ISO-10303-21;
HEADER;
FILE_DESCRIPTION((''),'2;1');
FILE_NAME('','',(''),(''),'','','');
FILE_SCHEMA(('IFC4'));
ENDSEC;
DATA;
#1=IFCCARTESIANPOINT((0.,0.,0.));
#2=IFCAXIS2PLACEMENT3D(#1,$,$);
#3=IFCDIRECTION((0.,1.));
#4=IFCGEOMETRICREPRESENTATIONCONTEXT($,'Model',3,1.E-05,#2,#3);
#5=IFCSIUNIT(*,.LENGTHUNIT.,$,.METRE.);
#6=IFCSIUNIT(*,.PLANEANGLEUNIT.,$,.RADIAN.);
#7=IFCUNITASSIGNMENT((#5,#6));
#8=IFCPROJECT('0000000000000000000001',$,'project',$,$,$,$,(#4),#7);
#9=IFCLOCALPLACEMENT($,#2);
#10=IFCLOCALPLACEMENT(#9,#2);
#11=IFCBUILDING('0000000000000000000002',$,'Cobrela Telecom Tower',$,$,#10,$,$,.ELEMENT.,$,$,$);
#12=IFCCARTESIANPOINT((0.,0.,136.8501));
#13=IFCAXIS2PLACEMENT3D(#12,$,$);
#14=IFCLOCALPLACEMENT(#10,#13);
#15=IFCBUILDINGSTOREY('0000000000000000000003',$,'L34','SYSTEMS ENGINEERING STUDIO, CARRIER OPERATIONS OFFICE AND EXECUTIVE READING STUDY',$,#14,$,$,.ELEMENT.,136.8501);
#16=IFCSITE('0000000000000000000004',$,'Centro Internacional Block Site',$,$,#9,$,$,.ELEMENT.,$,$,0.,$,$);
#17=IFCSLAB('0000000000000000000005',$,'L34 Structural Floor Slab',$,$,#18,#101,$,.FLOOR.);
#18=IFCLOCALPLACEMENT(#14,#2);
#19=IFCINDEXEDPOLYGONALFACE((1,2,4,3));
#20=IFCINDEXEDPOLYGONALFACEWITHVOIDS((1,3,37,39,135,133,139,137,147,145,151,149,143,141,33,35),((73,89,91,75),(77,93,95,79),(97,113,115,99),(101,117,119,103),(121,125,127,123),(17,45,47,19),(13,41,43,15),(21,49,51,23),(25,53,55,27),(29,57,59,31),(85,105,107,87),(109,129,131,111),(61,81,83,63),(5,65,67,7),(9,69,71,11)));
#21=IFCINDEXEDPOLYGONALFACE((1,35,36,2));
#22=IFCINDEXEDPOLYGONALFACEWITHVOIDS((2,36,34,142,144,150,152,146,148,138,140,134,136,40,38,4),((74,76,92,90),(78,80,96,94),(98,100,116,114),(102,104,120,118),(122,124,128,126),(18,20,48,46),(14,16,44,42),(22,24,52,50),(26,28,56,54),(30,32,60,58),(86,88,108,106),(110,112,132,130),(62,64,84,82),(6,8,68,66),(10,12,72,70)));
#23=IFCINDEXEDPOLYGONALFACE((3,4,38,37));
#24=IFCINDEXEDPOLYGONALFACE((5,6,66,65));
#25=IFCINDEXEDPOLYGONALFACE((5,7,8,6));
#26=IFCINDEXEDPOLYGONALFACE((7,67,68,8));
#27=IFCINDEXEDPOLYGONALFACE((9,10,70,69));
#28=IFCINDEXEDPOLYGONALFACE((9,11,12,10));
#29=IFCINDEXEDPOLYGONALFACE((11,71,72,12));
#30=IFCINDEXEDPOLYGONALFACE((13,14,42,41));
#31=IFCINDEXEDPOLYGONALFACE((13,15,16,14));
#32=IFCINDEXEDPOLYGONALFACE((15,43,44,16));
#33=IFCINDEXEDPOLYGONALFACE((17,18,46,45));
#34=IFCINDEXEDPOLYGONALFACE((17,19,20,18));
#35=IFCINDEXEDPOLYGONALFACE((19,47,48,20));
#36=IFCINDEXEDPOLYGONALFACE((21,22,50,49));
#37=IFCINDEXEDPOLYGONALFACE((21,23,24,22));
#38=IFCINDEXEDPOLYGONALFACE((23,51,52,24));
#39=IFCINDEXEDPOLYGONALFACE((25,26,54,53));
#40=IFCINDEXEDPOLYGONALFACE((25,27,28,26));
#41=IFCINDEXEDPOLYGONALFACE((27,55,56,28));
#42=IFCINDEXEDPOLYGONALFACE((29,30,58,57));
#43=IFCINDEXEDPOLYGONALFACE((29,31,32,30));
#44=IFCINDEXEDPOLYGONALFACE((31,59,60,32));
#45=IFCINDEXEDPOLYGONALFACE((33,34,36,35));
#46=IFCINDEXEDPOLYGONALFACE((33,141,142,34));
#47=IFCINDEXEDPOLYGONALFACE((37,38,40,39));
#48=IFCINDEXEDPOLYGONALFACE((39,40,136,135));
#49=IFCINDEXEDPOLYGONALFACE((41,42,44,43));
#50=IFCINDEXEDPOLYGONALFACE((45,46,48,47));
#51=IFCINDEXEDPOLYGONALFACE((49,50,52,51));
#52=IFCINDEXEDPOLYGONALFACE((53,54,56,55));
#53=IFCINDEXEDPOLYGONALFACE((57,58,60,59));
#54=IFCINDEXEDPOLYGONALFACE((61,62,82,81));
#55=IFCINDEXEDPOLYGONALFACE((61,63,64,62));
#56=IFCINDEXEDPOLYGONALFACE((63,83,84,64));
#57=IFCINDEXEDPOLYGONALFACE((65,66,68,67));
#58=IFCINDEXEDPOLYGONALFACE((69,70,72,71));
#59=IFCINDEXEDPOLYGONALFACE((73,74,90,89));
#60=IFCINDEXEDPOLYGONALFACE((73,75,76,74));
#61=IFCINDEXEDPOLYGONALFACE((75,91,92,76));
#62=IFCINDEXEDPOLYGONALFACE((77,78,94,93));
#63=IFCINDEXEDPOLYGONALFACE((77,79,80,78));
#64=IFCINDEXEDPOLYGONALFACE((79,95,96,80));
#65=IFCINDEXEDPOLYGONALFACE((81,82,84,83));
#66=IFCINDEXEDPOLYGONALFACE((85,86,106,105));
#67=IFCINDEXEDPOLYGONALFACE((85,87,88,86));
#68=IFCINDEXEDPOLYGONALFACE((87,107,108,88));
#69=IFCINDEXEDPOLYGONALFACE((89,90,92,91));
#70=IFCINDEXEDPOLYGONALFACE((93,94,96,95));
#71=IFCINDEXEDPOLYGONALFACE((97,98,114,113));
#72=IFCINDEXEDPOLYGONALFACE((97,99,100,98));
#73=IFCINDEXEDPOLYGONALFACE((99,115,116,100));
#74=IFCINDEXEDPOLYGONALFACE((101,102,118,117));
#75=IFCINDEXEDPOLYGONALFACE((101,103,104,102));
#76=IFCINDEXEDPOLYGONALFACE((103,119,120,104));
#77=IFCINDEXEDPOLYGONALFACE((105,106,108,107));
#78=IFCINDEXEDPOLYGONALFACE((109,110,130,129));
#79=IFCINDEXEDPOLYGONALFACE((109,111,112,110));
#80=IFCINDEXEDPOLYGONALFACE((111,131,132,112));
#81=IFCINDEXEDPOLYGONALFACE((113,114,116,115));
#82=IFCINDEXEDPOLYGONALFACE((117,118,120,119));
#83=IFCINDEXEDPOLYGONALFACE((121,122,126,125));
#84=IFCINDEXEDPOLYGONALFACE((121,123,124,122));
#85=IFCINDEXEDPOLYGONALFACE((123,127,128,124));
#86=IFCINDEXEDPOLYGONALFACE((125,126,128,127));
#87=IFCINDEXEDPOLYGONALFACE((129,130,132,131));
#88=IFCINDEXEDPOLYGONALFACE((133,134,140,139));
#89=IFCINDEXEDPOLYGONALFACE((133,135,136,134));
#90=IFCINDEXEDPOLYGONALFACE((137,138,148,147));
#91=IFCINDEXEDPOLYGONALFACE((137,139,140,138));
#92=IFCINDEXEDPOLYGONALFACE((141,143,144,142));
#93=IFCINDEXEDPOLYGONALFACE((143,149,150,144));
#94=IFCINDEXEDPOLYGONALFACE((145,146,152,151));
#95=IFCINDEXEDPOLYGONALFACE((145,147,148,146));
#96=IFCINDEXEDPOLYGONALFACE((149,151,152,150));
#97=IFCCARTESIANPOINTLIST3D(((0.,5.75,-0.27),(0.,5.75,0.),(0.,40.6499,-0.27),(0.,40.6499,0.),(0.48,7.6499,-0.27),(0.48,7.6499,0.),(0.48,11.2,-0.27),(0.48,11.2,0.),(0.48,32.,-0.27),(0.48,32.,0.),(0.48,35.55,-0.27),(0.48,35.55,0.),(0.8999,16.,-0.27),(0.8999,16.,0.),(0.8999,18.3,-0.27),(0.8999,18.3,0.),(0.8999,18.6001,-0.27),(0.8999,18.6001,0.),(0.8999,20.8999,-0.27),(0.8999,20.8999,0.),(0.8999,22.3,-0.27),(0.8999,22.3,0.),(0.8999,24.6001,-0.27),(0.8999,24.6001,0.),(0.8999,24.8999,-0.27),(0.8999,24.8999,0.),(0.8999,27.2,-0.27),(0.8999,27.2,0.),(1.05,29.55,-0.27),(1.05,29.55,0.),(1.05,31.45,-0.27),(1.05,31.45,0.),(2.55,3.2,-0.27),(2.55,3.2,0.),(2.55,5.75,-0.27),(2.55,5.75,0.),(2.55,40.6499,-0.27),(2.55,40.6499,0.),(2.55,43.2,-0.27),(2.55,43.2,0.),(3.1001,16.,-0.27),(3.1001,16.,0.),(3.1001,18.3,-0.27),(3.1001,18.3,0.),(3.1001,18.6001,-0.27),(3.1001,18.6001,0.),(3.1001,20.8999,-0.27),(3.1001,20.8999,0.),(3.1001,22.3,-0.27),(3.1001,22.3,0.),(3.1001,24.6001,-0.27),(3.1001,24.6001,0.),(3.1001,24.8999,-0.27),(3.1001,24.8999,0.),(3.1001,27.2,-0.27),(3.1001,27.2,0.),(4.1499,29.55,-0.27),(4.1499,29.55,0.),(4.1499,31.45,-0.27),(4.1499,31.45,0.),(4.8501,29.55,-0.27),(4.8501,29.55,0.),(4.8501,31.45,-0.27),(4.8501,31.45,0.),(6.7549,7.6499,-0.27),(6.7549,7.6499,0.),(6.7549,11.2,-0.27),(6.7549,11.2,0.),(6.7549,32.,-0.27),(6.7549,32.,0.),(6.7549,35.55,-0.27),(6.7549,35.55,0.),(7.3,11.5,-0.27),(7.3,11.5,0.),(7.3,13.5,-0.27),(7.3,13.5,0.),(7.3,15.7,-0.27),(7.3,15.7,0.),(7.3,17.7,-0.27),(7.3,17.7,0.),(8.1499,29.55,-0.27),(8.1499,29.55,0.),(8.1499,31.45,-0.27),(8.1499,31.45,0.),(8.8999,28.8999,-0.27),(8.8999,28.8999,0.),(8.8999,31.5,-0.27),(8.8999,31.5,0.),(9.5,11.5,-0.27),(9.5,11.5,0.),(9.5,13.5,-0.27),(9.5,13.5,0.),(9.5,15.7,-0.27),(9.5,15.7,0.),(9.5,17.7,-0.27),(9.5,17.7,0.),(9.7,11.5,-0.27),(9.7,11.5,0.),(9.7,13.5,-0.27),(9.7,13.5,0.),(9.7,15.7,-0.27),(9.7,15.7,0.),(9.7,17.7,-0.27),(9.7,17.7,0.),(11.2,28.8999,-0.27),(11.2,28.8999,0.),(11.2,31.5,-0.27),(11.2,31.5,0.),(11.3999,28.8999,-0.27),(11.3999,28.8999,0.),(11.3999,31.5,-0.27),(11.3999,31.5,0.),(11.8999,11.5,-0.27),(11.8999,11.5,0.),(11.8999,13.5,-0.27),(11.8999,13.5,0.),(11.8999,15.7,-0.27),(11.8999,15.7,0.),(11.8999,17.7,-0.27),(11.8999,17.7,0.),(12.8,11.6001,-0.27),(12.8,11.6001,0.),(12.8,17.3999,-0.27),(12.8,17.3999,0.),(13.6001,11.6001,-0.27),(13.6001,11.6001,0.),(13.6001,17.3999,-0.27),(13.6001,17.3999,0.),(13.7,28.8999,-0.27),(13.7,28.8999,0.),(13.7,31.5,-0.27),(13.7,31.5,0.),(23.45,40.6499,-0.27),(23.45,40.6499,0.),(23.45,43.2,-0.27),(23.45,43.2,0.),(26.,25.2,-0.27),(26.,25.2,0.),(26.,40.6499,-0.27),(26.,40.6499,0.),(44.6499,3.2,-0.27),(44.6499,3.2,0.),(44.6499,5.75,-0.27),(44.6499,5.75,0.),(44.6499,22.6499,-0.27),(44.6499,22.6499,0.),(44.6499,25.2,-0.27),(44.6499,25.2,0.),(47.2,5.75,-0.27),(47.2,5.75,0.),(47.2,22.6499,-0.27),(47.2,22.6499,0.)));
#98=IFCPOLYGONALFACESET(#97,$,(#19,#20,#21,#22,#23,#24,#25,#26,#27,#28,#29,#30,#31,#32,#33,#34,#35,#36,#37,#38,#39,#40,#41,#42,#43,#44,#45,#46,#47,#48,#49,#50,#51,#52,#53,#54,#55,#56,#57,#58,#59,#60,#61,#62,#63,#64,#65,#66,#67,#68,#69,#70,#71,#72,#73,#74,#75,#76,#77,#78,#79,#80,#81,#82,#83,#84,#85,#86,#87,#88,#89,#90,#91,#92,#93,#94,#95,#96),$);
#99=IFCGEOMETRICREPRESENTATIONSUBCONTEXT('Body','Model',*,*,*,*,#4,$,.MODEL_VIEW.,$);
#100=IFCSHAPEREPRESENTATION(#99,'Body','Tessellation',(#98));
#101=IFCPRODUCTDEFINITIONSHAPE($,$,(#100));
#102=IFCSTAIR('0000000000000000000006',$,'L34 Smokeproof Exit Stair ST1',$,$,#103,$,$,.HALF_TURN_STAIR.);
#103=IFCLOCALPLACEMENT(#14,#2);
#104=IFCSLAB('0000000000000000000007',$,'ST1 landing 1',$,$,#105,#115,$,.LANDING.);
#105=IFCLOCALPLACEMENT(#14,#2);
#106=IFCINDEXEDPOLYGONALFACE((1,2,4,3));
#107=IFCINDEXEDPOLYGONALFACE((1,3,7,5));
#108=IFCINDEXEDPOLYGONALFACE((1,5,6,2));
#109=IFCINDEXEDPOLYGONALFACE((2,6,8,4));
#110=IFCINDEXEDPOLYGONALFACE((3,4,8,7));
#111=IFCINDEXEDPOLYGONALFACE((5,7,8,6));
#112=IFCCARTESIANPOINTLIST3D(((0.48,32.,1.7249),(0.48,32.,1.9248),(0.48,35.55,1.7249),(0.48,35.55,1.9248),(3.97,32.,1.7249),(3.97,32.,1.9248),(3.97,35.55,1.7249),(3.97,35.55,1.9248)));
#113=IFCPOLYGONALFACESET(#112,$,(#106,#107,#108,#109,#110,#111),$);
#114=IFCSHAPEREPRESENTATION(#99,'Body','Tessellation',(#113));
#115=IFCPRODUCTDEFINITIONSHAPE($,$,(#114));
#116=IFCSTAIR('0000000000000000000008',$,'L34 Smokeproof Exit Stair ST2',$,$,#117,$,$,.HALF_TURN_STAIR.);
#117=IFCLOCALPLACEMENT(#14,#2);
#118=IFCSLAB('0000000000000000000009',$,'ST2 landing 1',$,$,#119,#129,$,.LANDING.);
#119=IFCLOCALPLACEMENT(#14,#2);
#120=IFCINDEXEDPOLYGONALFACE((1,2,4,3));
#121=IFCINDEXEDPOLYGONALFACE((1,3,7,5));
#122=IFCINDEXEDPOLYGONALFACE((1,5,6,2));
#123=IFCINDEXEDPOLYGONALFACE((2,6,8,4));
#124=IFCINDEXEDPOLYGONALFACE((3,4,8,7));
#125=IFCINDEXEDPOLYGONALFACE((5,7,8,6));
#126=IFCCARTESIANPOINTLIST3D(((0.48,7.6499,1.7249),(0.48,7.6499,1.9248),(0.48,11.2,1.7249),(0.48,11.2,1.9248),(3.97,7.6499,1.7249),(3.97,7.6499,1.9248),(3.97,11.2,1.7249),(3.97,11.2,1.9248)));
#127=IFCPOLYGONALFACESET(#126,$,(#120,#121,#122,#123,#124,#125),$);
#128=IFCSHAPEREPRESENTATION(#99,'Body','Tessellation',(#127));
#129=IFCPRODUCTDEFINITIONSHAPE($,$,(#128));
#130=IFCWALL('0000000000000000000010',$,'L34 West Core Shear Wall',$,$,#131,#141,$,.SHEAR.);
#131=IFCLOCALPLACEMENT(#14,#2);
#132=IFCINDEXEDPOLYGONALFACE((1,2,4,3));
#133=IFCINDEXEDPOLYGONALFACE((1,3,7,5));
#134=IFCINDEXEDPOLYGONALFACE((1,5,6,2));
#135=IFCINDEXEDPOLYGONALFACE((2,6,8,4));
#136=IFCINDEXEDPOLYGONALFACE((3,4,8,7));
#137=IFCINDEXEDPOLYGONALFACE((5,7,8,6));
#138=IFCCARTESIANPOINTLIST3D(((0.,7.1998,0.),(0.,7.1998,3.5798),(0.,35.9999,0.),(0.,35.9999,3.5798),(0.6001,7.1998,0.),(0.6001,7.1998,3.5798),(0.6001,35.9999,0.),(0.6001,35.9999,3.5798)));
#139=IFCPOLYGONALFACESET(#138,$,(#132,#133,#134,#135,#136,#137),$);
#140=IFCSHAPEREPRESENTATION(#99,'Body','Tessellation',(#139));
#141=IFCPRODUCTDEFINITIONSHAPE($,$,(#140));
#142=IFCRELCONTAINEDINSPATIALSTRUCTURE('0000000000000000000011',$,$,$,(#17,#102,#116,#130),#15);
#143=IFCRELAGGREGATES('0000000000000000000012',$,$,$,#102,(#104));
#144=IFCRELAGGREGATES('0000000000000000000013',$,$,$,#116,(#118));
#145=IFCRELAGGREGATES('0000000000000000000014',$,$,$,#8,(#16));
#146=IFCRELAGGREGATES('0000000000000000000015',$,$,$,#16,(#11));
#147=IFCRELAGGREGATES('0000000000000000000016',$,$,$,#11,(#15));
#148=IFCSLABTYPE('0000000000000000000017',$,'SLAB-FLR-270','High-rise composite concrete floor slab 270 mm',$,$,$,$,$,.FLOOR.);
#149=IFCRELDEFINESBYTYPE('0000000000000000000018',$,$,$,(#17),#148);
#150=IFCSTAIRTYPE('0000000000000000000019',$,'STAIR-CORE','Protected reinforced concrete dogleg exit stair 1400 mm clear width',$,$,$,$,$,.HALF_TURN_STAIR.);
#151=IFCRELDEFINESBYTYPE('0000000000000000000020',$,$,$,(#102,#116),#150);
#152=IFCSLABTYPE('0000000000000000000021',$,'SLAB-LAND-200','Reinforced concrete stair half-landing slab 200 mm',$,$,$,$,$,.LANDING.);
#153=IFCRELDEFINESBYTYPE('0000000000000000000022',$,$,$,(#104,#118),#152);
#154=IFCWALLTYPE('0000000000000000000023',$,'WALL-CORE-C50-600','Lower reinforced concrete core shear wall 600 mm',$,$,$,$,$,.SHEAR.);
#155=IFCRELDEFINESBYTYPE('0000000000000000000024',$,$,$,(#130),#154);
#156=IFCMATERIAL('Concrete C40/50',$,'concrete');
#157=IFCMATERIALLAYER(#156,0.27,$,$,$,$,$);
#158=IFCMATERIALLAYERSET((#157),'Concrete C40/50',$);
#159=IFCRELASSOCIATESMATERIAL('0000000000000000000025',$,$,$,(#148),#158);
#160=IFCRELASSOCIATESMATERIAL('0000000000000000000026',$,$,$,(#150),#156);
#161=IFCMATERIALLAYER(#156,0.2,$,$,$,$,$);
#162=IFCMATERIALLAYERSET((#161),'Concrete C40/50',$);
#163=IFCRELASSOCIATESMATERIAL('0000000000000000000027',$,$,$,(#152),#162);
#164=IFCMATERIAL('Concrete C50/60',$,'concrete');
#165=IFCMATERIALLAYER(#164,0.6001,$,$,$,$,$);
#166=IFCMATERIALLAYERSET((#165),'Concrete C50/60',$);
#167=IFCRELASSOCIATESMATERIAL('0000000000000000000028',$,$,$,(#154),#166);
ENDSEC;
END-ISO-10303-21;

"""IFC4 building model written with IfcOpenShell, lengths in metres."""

from ifc_helpers import new_model, si_unit, direction, frame, frame_2d, origin, place, context, subcontext, project, spatial, polyline, rectangle, outline, extrude, material, layer, layer_set, type_object, element, aggregate, save


model = new_model("IFC4")

# Units and contexts
model_context = context("Model", 3, precision=1e-05, world=origin(), true_north=direction((0.0, 1.0)))
body_context = subcontext(model_context, "Body", "Model", "MODEL_VIEW")
ifc_project = project(units=[si_unit("LENGTHUNIT", "METRE"), si_unit("PLANEANGLEUNIT", "RADIAN")], contexts=[model_context])

# Site, building, storey
site_placement = place(None, origin())
site = spatial("IfcSite", under=ifc_project, at=site_placement, Name="Centro Internacional Block Site", CompositionType="ELEMENT", RefElevation=0.0)
building_placement = place(site_placement, origin())
building = spatial("IfcBuilding", under=site, at=building_placement, Name="Cobrela Telecom Tower", CompositionType="ELEMENT")
storey_placement = place(building_placement, frame((0.0, 0.0, 136.8501)))
storey = spatial("IfcBuildingStorey", under=building, at=storey_placement, Name="L34", Description="SYSTEMS ENGINEERING STUDIO, CARRIER OPERATIONS OFFICE AND EXECUTIVE READING STUDY", CompositionType="ELEMENT", Elevation=136.8501)

# Slab, openings
ifc_material_1 = material(Name="Concrete C40/50", Category="concrete")
ifc_layer_1 = layer(ifc_material_1, 0.27)
ifc_layer_set_1 = layer_set([ifc_layer_1], Name="Concrete C40/50")
slab_type_1 = type_object("IfcSlabType", Name="SLAB-FLR-270", Description="High-rise composite concrete floor slab 270 mm", PredefinedType="FLOOR", material=ifc_layer_set_1)
slab_1_placement = place(storey_placement, frame((0.0, 0.0, -0.27)))
slab_1 = element("IfcSlab", 1, at=slab_1_placement, inside=storey, type_object=slab_type_1, Name="L34 Structural Floor Slab", PredefinedType="FLOOR", context=body_context, shape_type="SweptSolid", body=[
    extrude(outline(polyline([(2.55, 3.2), (44.6499, 3.2), (44.6499, 5.75), (47.2, 5.75), (47.2, 22.6499), (44.6499, 22.6499), (44.6499, 25.2), (26.0, 25.2), (26.0, 40.6499), (23.45, 40.6499), (23.45, 43.2), (2.55, 43.2), (2.55, 40.6499), (0.0, 40.6499), (0.0, 5.75), (2.55, 5.75), (2.55, 3.2)])), origin(), (0.0, 0.0, 1.0), 0.27),
])
opening_1_placement = place(slab_1_placement, frame((0.0, 0.0, -0.02)))
element("IfcOpeningElement", 2, at=opening_1_placement, cuts=slab_1, PredefinedType="OPENING", context=body_context, shape_type="SweptSolid", body=[
    extrude(outline(polyline([(8.8999, 28.8999), (11.2, 28.8999), (11.2, 31.5), (8.8999, 31.5), (8.8999, 28.8999)])), origin(), (0.0, 0.0, 1.0), 0.3101),
])
opening_2_placement = place(slab_1_placement, frame((0.0, 0.0, -0.02)))
element("IfcOpeningElement", 3, at=opening_2_placement, cuts=slab_1, PredefinedType="OPENING", context=body_context, shape_type="SweptSolid", body=[
    extrude(outline(polyline([(11.3999, 28.8999), (13.7, 28.8999), (13.7, 31.5), (11.3999, 31.5), (11.3999, 28.8999)])), origin(), (0.0, 0.0, 1.0), 0.3101),
])
opening_3_placement = place(slab_1_placement, frame((0.0, 0.0, -0.02)))
element("IfcOpeningElement", 4, at=opening_3_placement, cuts=slab_1, PredefinedType="OPENING", context=body_context, shape_type="SweptSolid", body=[
    extrude(outline(polyline([(7.3, 15.7), (9.5, 15.7), (9.5, 17.7), (7.3, 17.7), (7.3, 15.7)])), origin(), (0.0, 0.0, 1.0), 0.3101),
])
opening_4_placement = place(slab_1_placement, frame((0.0, 0.0, -0.02)))
element("IfcOpeningElement", 5, at=opening_4_placement, cuts=slab_1, PredefinedType="OPENING", context=body_context, shape_type="SweptSolid", body=[
    extrude(outline(polyline([(9.7, 15.7), (11.8999, 15.7), (11.8999, 17.7), (9.7, 17.7), (9.7, 15.7)])), origin(), (0.0, 0.0, 1.0), 0.3101),
])
opening_5_placement = place(slab_1_placement, frame((0.0, 0.0, -0.02)))
element("IfcOpeningElement", 6, at=opening_5_placement, cuts=slab_1, PredefinedType="OPENING", context=body_context, shape_type="SweptSolid", body=[
    extrude(outline(polyline([(7.3, 11.5), (9.5, 11.5), (9.5, 13.5), (7.3, 13.5), (7.3, 11.5)])), origin(), (0.0, 0.0, 1.0), 0.3101),
])
opening_6_placement = place(slab_1_placement, frame((0.0, 0.0, -0.02)))
element("IfcOpeningElement", 7, at=opening_6_placement, cuts=slab_1, PredefinedType="OPENING", context=body_context, shape_type="SweptSolid", body=[
    extrude(outline(polyline([(9.7, 11.5), (11.8999, 11.5), (11.8999, 13.5), (9.7, 13.5), (9.7, 11.5)])), origin(), (0.0, 0.0, 1.0), 0.3101),
])
opening_7_placement = place(slab_1_placement, frame((0.0, 0.0, -0.02)))
element("IfcOpeningElement", 8, at=opening_7_placement, cuts=slab_1, PredefinedType="OPENING", context=body_context, shape_type="SweptSolid", body=[
    extrude(outline(polyline([(0.8999, 16.0), (3.1001, 16.0), (3.1001, 18.3), (0.8999, 18.3), (0.8999, 16.0)])), origin(), (0.0, 0.0, 1.0), 0.3101),
])
opening_8_placement = place(slab_1_placement, frame((0.0, 0.0, -0.02)))
element("IfcOpeningElement", 9, at=opening_8_placement, cuts=slab_1, PredefinedType="OPENING", context=body_context, shape_type="SweptSolid", body=[
    extrude(outline(polyline([(0.8999, 18.6001), (3.1001, 18.6001), (3.1001, 20.8999), (0.8999, 20.8999), (0.8999, 18.6001)])), origin(), (0.0, 0.0, 1.0), 0.3101),
])
opening_9_placement = place(slab_1_placement, frame((0.0, 0.0, -0.02)))
element("IfcOpeningElement", 10, at=opening_9_placement, cuts=slab_1, PredefinedType="OPENING", context=body_context, shape_type="SweptSolid", body=[
    extrude(outline(polyline([(0.8999, 22.3), (3.1001, 22.3), (3.1001, 24.6001), (0.8999, 24.6001), (0.8999, 22.3)])), origin(), (0.0, 0.0, 1.0), 0.3101),
])
opening_10_placement = place(slab_1_placement, frame((0.0, 0.0, -0.02)))
element("IfcOpeningElement", 11, at=opening_10_placement, cuts=slab_1, PredefinedType="OPENING", context=body_context, shape_type="SweptSolid", body=[
    extrude(outline(polyline([(0.8999, 24.8999), (3.1001, 24.8999), (3.1001, 27.2), (0.8999, 27.2), (0.8999, 24.8999)])), origin(), (0.0, 0.0, 1.0), 0.3101),
])
opening_11_placement = place(slab_1_placement, frame((0.0, 0.0, -0.02)))
element("IfcOpeningElement", 12, at=opening_11_placement, cuts=slab_1, PredefinedType="OPENING", context=body_context, shape_type="SweptSolid", body=[
    extrude(outline(polyline([(1.05, 29.55), (4.1499, 29.55), (4.1499, 31.45), (1.05, 31.45), (1.05, 29.55)])), origin(), (0.0, 0.0, 1.0), 0.3101),
])
opening_12_placement = place(slab_1_placement, frame((0.0, 0.0, -0.02)))
element("IfcOpeningElement", 13, at=opening_12_placement, cuts=slab_1, PredefinedType="OPENING", context=body_context, shape_type="SweptSolid", body=[
    extrude(outline(polyline([(4.8501, 29.55), (8.1499, 29.55), (8.1499, 31.45), (4.8501, 31.45), (4.8501, 29.55)])), origin(), (0.0, 0.0, 1.0), 0.3101),
])
opening_13_placement = place(slab_1_placement, frame((0.0, 0.0, -0.02)))
element("IfcOpeningElement", 14, at=opening_13_placement, cuts=slab_1, PredefinedType="OPENING", context=body_context, shape_type="SweptSolid", body=[
    extrude(outline(polyline([(12.8, 11.6001), (13.6001, 11.6001), (13.6001, 17.3999), (12.8, 17.3999), (12.8, 11.6001)])), origin(), (0.0, 0.0, 1.0), 0.3101),
])
opening_14_placement = place(slab_1_placement, frame((0.0, 0.0, -0.02)))
element("IfcOpeningElement", 15, at=opening_14_placement, cuts=slab_1, PredefinedType="OPENING", context=body_context, shape_type="SweptSolid", body=[
    extrude(outline(polyline([(6.7549, 35.55), (0.48, 35.55), (0.48, 32.0), (6.7549, 32.0), (6.7549, 35.55)])), origin(), (0.0, 0.0, 1.0), 0.3101),
])
opening_15_placement = place(slab_1_placement, frame((0.0, 0.0, -0.02)))
element("IfcOpeningElement", 16, at=opening_15_placement, cuts=slab_1, PredefinedType="OPENING", context=body_context, shape_type="SweptSolid", body=[
    extrude(outline(polyline([(6.7549, 11.2), (0.48, 11.2), (0.48, 7.6499), (6.7549, 7.6499), (6.7549, 11.2)])), origin(), (0.0, 0.0, 1.0), 0.3101),
])

# Stairs, slabs
stair_type = type_object("IfcStairType", Name="STAIR-CORE", Description="Protected reinforced concrete dogleg exit stair 1400 mm clear width", PredefinedType="HALF_TURN_STAIR", material=ifc_material_1)
stair_1_placement = place(storey_placement, origin())
stair_1 = element("IfcStair", 17, at=stair_1_placement, inside=storey, type_object=stair_type, Name="L34 Smokeproof Exit Stair ST1", PredefinedType="HALF_TURN_STAIR")
ifc_layer_2 = layer(ifc_material_1, 0.2)
ifc_layer_set_2 = layer_set([ifc_layer_2], Name="Concrete C40/50")
slab_type_2 = type_object("IfcSlabType", Name="SLAB-LAND-200", Description="Reinforced concrete stair half-landing slab 200 mm", PredefinedType="LANDING", material=ifc_layer_set_2)
slab_2_placement = place(storey_placement, frame((0.0, 0.0, 1.7249)))
slab_2 = element("IfcSlab", 18, at=slab_2_placement, type_object=slab_type_2, Name="ST1 landing 1", PredefinedType="LANDING", context=body_context, shape_type="SweptSolid", body=[
    extrude(outline(polyline([(3.97, 35.55), (0.48, 35.55), (0.48, 32.0), (3.97, 32.0), (3.97, 35.55)])), origin(), (0.0, 0.0, 1.0), 0.2),
])
aggregate(stair_1, [slab_2])
stair_2_placement = place(storey_placement, origin())
stair_2 = element("IfcStair", 19, at=stair_2_placement, inside=storey, type_object=stair_type, Name="L34 Smokeproof Exit Stair ST2", PredefinedType="HALF_TURN_STAIR")
slab_3_placement = place(storey_placement, frame((0.0, 0.0, 1.7249)))
slab_3 = element("IfcSlab", 20, at=slab_3_placement, type_object=slab_type_2, Name="ST2 landing 1", PredefinedType="LANDING", context=body_context, shape_type="SweptSolid", body=[
    extrude(outline(polyline([(3.97, 11.2), (0.48, 11.2), (0.48, 7.6499), (3.97, 7.6499), (3.97, 11.2)])), origin(), (0.0, 0.0, 1.0), 0.2),
])

# Wall
ifc_material_2 = material(Name="Concrete C50/60", Category="concrete")
ifc_layer_3 = layer(ifc_material_2, 0.6001)
ifc_layer_set_3 = layer_set([ifc_layer_3], Name="Concrete C50/60")
wall_type_1 = type_object("IfcWallType", Name="WALL-CORE-C50-600", Description="Lower reinforced concrete core shear wall 600 mm", PredefinedType="SHEAR", material=ifc_layer_set_3)
wall_1_placement = place(storey_placement, frame((0.3, 7.2, 0.0), z_axis=(0.0, 0.0, 1.0), x_axis=(0.0, 1.0, 0.0)))
element("IfcWall", 21, at=wall_1_placement, inside=storey, type_object=wall_type_1, Name="L34 West Core Shear Wall", PredefinedType="SHEAR", context=body_context, shape_type="SweptSolid", body=[
    extrude(rectangle(XDim=28.8, YDim=0.6001, at=frame_2d((14.3999, 0.0))), origin(), (0.0, 0.0, 1.0), 3.5798),
])

aggregate(stair_2, [slab_3])

save(model, "model.ifc")
